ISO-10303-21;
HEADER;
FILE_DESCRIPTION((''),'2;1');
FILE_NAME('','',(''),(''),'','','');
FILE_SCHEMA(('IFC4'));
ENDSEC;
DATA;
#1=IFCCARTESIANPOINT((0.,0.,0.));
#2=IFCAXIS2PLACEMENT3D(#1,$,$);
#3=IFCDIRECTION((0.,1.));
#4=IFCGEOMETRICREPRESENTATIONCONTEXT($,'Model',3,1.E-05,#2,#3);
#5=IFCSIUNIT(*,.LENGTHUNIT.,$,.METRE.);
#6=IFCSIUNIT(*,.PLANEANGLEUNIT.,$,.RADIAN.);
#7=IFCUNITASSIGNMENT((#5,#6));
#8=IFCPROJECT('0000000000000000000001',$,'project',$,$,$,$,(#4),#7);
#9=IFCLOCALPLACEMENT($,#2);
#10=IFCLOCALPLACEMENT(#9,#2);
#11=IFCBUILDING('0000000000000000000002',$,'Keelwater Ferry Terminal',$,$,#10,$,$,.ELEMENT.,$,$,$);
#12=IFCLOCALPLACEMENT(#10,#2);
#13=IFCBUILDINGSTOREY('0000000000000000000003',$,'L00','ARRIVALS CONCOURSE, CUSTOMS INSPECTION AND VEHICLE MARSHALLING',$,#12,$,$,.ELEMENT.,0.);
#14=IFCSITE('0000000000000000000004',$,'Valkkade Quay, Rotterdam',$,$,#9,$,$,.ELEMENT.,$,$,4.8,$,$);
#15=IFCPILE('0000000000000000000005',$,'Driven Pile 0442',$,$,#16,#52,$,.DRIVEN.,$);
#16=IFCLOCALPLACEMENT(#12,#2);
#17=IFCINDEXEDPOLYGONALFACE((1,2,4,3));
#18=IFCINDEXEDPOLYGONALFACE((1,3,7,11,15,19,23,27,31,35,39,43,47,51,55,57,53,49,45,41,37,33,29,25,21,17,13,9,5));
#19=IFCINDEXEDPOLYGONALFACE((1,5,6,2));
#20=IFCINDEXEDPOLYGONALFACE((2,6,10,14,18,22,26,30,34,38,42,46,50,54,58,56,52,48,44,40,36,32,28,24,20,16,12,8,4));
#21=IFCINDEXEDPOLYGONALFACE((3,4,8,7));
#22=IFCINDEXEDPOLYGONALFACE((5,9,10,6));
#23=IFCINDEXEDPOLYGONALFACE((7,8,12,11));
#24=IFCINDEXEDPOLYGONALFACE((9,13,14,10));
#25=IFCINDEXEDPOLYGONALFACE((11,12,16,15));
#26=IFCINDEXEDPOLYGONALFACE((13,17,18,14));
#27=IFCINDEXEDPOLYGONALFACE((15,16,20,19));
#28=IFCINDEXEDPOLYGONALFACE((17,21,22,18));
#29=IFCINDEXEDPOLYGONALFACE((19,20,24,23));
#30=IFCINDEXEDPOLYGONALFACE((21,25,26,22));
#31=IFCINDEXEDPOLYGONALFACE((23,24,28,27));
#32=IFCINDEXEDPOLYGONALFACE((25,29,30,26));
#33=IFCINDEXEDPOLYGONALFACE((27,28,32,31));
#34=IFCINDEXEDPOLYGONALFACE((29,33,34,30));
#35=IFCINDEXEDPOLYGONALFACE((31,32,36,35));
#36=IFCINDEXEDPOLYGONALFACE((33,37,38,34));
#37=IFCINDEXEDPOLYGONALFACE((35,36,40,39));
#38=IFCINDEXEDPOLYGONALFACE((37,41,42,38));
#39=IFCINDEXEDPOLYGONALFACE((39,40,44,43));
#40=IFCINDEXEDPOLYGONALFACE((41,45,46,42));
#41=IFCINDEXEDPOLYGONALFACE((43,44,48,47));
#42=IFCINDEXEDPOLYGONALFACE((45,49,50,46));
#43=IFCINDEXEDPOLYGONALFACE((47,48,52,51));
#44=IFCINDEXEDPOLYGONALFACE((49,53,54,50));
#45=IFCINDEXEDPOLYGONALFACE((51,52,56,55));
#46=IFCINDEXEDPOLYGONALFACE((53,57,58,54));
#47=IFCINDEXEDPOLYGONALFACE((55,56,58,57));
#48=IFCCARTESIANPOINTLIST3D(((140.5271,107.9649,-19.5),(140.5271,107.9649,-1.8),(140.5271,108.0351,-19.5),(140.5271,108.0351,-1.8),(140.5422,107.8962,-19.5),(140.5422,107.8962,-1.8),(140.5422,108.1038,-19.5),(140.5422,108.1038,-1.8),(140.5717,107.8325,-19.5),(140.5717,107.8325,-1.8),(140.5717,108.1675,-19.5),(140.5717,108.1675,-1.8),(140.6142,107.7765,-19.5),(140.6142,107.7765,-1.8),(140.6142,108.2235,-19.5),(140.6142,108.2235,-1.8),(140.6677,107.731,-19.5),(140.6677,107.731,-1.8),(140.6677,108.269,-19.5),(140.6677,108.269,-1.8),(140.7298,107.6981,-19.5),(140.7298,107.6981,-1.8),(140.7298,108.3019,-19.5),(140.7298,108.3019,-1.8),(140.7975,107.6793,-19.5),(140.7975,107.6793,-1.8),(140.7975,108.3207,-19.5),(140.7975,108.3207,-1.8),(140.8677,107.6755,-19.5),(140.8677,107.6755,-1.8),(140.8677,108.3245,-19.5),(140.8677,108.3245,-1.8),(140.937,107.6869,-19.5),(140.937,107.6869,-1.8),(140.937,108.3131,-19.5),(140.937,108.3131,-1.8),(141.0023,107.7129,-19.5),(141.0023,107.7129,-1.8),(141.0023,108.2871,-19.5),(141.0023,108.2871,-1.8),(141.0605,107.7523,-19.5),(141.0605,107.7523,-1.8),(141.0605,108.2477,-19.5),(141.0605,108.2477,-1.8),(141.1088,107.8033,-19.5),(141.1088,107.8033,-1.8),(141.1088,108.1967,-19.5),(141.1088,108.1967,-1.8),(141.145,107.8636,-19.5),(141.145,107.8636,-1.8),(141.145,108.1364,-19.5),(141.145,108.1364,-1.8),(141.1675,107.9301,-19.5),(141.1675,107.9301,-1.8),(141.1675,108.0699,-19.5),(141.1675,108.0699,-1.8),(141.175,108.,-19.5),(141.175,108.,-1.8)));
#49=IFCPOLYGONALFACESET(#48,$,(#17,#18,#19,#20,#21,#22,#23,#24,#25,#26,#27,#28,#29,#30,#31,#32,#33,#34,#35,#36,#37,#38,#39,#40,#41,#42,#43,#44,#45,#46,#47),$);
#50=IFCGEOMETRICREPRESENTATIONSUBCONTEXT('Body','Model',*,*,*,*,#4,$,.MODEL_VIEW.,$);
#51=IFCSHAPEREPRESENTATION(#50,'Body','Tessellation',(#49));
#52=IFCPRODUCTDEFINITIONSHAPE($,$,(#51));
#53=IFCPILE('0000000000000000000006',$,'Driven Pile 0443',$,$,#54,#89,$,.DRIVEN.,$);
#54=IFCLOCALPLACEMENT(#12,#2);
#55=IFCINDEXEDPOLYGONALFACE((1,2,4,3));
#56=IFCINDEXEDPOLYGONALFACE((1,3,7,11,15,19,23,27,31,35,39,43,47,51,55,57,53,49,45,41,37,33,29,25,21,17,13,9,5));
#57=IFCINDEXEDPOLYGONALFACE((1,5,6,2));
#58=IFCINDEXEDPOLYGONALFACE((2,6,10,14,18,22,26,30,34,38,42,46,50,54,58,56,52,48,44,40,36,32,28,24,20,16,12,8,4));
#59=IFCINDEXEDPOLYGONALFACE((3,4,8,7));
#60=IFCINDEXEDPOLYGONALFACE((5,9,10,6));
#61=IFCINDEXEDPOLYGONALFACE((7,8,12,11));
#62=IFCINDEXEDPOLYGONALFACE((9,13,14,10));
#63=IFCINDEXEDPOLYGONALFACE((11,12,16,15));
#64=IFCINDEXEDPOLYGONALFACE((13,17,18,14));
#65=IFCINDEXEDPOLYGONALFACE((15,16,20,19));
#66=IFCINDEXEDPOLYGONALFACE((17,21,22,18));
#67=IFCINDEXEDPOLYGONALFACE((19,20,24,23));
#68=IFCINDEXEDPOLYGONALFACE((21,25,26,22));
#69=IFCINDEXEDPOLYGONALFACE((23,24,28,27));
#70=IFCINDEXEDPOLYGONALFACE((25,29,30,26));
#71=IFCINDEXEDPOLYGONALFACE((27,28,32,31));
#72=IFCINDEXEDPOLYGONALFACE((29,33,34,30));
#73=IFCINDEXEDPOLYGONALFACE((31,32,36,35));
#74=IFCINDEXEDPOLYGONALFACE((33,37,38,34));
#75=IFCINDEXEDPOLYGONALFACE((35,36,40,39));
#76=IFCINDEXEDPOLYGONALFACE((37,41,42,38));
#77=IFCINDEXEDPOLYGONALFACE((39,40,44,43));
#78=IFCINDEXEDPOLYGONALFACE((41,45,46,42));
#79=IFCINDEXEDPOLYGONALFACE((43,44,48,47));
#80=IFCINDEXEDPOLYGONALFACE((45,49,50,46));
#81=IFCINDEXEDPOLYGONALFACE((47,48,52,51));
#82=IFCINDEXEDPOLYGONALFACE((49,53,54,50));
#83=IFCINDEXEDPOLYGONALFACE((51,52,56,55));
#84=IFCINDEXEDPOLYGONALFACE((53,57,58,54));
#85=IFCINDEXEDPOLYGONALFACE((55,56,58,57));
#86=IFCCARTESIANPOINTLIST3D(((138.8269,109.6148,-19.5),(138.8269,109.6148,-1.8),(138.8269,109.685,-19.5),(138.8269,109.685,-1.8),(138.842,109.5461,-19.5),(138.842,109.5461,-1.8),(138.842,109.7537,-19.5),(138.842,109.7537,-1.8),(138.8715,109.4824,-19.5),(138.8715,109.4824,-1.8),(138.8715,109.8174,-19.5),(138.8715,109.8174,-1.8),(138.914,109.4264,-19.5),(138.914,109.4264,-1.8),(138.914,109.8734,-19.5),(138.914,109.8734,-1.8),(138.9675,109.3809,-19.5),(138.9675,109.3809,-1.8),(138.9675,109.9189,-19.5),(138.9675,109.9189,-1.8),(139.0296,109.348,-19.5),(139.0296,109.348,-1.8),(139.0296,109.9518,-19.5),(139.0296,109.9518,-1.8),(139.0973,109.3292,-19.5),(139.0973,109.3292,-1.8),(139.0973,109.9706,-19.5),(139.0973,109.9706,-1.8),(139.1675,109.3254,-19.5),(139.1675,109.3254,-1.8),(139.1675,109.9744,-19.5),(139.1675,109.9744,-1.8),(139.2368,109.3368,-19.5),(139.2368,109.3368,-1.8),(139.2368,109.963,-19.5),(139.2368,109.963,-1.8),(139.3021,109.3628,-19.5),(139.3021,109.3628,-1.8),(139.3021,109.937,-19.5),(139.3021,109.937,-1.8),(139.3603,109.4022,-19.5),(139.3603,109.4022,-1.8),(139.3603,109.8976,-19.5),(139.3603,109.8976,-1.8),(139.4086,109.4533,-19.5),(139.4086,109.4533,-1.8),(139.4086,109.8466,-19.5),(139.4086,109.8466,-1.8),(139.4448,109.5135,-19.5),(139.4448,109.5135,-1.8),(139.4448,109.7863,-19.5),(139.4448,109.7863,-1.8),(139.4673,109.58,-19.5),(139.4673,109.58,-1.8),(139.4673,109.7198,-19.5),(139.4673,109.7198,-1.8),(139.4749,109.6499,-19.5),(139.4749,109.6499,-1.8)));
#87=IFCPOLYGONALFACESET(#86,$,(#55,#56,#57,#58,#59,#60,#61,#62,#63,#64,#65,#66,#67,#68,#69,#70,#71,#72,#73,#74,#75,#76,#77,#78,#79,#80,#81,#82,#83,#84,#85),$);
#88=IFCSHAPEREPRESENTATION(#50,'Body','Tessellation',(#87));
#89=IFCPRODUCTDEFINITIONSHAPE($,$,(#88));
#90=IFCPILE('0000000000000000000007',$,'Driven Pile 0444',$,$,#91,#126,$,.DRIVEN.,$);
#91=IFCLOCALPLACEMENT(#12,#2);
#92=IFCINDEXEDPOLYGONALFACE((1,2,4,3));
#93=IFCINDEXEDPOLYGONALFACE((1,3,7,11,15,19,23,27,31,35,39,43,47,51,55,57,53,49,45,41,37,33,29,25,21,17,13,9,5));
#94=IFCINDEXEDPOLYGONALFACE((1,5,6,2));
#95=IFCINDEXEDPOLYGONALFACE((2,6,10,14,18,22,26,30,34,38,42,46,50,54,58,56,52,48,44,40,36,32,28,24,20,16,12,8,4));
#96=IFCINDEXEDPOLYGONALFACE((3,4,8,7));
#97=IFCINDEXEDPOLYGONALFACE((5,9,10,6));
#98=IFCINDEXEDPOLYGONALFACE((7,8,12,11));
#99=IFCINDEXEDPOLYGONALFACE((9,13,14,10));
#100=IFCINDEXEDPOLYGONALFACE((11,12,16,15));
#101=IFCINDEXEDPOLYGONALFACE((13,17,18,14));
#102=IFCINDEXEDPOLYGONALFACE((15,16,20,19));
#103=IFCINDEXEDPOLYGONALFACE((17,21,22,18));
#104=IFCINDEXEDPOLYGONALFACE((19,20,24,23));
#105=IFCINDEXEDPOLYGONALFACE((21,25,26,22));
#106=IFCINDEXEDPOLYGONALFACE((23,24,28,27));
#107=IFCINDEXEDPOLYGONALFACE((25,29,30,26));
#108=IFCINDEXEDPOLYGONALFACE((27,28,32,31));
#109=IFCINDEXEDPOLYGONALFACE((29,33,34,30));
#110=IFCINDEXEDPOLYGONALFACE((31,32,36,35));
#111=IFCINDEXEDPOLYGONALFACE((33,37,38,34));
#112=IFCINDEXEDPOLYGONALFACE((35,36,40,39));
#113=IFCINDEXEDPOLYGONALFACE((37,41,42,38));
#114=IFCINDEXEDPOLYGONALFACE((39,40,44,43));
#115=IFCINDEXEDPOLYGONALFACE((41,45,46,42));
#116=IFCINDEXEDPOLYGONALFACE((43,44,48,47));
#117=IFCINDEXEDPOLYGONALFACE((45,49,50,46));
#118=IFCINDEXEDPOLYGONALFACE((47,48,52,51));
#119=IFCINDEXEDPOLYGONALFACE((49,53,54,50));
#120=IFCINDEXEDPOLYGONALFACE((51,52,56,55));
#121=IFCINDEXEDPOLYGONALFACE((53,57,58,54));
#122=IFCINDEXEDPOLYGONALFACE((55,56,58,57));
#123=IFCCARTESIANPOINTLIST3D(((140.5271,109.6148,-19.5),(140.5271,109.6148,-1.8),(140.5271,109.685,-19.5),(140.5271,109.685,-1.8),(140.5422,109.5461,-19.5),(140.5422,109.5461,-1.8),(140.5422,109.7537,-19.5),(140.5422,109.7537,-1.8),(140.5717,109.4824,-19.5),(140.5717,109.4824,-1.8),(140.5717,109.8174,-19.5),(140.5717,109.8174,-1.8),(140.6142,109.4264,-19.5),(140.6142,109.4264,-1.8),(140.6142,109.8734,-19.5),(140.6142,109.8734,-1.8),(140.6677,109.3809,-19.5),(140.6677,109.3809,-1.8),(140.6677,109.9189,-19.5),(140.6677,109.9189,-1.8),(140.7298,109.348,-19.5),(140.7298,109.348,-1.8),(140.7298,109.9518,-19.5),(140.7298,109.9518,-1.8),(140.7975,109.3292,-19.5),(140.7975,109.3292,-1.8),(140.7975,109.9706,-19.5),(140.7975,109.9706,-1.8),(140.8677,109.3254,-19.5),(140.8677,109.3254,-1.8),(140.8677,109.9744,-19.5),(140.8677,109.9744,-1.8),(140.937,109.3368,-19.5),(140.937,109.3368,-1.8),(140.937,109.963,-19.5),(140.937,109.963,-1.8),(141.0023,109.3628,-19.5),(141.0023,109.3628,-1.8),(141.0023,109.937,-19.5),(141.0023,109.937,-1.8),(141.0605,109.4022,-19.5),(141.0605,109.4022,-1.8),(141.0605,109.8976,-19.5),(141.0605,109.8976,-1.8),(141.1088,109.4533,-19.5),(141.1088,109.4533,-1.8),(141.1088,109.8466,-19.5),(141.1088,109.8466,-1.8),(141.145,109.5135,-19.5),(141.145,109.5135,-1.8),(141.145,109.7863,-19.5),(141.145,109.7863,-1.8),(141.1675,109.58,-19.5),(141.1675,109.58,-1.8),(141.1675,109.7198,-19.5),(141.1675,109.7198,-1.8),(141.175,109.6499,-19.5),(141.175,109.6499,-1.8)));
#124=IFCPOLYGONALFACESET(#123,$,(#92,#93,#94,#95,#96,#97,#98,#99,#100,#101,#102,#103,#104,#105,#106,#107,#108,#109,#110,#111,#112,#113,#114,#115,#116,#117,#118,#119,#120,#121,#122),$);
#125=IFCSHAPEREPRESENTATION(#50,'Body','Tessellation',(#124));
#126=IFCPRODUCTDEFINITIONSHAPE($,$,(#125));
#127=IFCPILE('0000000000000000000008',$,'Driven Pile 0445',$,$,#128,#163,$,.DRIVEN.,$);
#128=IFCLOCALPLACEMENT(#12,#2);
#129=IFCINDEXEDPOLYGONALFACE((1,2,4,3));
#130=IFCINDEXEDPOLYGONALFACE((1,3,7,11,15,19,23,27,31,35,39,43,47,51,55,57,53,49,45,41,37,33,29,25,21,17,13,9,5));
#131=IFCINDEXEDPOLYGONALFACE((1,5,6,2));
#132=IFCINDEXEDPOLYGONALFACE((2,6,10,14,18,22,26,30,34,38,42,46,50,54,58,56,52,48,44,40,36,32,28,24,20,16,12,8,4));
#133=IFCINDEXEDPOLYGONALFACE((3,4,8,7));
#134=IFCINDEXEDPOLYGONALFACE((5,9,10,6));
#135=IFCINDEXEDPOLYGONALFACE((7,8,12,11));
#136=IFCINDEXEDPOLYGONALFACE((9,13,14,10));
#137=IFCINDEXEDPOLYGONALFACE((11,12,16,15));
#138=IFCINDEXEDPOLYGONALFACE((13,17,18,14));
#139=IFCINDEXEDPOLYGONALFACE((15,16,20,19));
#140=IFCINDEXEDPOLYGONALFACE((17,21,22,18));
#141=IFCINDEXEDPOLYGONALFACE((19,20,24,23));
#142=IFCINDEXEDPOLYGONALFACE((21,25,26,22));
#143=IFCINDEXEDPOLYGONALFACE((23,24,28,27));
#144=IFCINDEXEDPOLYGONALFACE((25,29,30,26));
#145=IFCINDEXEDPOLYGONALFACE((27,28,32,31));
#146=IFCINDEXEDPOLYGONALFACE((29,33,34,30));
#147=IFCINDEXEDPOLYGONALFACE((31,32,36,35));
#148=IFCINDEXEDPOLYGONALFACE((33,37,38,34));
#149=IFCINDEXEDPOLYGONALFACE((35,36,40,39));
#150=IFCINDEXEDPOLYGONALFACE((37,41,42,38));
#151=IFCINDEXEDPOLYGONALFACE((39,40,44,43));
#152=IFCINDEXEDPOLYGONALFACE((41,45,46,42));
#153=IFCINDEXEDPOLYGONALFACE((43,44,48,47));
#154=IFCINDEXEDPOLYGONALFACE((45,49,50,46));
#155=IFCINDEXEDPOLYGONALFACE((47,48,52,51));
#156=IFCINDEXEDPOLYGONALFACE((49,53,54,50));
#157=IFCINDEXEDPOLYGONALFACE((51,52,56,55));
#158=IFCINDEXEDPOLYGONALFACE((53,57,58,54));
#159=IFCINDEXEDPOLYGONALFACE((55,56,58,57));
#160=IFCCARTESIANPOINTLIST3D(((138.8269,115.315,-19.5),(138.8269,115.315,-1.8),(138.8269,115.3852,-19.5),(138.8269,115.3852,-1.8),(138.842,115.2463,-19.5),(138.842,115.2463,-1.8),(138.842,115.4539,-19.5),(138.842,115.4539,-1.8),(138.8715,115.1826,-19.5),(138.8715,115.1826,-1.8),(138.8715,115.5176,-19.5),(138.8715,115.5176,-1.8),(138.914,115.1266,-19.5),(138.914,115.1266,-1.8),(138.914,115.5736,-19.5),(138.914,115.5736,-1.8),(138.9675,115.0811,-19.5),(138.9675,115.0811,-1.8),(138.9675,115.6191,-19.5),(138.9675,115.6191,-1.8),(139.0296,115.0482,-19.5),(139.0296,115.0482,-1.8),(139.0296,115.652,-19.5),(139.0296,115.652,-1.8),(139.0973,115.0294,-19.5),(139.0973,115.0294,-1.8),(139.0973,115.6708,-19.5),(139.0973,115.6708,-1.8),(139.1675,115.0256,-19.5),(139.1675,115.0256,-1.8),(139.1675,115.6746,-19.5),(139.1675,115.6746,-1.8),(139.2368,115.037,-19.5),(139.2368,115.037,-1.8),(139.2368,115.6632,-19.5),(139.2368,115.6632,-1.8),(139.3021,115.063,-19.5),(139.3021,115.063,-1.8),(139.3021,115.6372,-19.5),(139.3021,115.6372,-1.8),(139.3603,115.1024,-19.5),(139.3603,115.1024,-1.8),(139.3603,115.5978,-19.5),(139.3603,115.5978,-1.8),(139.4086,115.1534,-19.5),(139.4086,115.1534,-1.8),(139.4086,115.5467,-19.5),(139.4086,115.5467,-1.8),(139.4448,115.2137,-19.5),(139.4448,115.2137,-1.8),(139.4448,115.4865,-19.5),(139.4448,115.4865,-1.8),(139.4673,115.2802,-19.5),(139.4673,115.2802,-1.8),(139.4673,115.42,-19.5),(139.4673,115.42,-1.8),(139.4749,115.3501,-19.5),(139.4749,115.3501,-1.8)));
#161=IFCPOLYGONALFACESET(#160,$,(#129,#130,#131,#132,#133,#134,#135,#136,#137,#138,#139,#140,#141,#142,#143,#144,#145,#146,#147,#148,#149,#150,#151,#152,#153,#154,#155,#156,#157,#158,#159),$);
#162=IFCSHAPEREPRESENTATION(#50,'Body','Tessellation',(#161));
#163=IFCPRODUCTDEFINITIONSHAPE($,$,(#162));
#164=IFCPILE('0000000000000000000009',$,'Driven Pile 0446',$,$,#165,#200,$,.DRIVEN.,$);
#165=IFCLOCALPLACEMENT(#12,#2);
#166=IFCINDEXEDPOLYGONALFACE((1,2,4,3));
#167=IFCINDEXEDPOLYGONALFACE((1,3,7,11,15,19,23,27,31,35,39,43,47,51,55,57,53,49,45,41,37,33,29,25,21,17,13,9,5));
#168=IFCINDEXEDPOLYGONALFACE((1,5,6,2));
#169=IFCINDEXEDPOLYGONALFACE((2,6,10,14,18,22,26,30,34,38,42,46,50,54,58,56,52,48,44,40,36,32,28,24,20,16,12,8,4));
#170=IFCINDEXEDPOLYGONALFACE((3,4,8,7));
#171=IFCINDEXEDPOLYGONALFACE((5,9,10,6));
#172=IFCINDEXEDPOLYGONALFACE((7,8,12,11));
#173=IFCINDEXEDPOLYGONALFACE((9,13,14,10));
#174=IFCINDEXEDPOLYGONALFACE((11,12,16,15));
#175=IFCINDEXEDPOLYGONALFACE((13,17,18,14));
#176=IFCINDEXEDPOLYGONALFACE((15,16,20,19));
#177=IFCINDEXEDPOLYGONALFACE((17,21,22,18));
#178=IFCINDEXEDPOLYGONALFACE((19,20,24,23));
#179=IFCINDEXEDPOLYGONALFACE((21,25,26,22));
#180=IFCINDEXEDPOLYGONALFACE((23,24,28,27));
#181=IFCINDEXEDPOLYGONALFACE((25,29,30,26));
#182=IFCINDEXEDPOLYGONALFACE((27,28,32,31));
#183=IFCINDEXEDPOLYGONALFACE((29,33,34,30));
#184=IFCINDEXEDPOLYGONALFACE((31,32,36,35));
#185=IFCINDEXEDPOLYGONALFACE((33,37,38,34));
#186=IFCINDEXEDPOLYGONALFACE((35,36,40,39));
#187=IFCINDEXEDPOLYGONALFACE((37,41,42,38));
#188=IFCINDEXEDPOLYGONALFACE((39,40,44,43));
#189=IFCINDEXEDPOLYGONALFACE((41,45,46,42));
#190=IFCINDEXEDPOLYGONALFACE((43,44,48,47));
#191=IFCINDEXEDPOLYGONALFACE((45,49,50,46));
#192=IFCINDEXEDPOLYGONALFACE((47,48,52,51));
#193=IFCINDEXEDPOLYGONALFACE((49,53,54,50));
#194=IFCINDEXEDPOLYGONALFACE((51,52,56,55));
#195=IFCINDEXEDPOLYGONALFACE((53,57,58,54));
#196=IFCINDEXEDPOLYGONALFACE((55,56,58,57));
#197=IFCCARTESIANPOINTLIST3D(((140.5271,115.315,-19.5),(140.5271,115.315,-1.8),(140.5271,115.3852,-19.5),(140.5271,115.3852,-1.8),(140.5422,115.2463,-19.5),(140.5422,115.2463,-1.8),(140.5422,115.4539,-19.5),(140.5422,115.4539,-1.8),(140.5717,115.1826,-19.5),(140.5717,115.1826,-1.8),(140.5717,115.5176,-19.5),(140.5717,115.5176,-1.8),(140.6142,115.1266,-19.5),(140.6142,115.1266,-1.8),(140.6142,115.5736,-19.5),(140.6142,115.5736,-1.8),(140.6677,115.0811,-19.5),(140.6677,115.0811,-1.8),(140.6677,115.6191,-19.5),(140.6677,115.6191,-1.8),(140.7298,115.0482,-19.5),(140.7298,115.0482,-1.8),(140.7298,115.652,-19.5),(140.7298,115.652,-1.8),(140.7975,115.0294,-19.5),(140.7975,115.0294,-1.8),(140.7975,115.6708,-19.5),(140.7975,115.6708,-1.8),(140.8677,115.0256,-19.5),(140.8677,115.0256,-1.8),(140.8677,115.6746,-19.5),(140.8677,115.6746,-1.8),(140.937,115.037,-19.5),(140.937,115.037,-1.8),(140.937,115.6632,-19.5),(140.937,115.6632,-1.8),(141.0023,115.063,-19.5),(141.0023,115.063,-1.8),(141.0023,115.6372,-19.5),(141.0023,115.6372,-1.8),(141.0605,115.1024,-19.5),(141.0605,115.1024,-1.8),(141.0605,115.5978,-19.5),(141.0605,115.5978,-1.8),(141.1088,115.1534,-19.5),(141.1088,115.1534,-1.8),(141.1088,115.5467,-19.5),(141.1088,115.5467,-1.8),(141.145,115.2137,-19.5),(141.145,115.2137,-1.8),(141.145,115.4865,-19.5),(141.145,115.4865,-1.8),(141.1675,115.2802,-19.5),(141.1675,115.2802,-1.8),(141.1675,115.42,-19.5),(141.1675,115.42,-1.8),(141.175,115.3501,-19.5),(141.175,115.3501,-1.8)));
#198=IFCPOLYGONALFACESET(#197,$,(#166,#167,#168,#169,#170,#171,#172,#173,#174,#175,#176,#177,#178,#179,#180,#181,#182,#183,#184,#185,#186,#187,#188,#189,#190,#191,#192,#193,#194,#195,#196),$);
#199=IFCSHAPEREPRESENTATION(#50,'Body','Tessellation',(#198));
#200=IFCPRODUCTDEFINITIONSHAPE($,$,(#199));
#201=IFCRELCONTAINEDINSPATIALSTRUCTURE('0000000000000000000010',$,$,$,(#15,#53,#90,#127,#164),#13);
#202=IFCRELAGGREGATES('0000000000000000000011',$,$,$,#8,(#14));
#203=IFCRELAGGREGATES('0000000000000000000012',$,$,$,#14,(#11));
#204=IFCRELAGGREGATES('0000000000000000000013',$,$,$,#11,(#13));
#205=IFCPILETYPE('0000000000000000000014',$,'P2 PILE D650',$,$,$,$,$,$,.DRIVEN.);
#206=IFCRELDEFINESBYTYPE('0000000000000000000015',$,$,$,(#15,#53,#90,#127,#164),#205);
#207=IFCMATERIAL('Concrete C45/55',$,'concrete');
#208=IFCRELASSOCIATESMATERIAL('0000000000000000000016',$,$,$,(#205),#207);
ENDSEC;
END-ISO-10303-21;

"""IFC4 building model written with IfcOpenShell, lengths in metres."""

from ifc_helpers import new_model, si_unit, direction, frame, origin, origin_2d, place, context, subcontext, project, spatial, circle, extrude, material, material_profile, profile_set, type_object, element, save


model = new_model("IFC4")

# Units and contexts
model_context = context("Model", 3, precision=1e-05, world=origin(), true_north=direction((0.0, 1.0)))
body_context = subcontext(model_context, "Body", "Model", "MODEL_VIEW")
ifc_project = project(units=[si_unit("LENGTHUNIT", "METRE"), si_unit("PLANEANGLEUNIT", "RADIAN")], contexts=[model_context])

# Site, building, storey
site_placement = place(None, origin())
site = spatial("IfcSite", under=ifc_project, at=site_placement, Name="Valkkade Quay, Rotterdam", CompositionType="ELEMENT", RefElevation=4.8)
building_placement = place(site_placement, origin())
building = spatial("IfcBuilding", under=site, at=building_placement, Name="Keelwater Ferry Terminal", CompositionType="ELEMENT")
storey_placement = place(building_placement, origin())
storey = spatial("IfcBuildingStorey", under=building, at=storey_placement, Name="L00", Description="ARRIVALS CONCOURSE, CUSTOMS INSPECTION AND VEHICLE MARSHALLING", CompositionType="ELEMENT", Elevation=0.0)

# Piles
ifc_material_1 = material(Name="Concrete C45/55", Category="concrete")
ifc_material_profile_1 = material_profile(ifc_material_1, circle(Radius=0.325, at=origin_2d()), Name="PILE D650")
ifc_profile_set_1 = profile_set([ifc_material_profile_1], Name="Concrete C45/55")
pile_type = type_object("IfcPileType", Name="P2 PILE D650", PredefinedType="DRIVEN", material=ifc_profile_set_1)
for number, where, z_axis, x_axis, name in (
    (1, (140.8501, 108.0, -1.8), (0.0, 0.0, -1.0), (1.0, 0.0, 0.0), "Driven Pile 0442"),
    (2, (139.1499, 109.6499, -1.8), (0.0, 0.0, -1.0), (1.0, 0.0, 0.0), "Driven Pile 0443"),
    (3, (140.8501, 109.6499, -1.8), (0.0, 0.0, -1.0), (1.0, 0.0, 0.0), "Driven Pile 0444"),
    (4, (139.1499, 115.3501, -1.8), (0.0, 0.0, -1.0), (1.0, 0.0, 0.0), "Driven Pile 0445"),
    (5, (140.8501, 115.3501, -1.8), (0.0, 0.0, -1.0), (1.0, 0.0, 0.0), "Driven Pile 0446"),
):
    element("IfcPile", number, at=place(storey_placement, frame(where, z_axis=z_axis, x_axis=x_axis)), inside=storey, type_object=pile_type, Name=name, PredefinedType="DRIVEN", context=body_context, shape_type="SweptSolid", body=[
        extrude(circle(Radius=0.325, at=origin_2d()), origin(), (0.0, 0.0, 1.0), 17.7),
    ])

save(model, "model.ifc")
